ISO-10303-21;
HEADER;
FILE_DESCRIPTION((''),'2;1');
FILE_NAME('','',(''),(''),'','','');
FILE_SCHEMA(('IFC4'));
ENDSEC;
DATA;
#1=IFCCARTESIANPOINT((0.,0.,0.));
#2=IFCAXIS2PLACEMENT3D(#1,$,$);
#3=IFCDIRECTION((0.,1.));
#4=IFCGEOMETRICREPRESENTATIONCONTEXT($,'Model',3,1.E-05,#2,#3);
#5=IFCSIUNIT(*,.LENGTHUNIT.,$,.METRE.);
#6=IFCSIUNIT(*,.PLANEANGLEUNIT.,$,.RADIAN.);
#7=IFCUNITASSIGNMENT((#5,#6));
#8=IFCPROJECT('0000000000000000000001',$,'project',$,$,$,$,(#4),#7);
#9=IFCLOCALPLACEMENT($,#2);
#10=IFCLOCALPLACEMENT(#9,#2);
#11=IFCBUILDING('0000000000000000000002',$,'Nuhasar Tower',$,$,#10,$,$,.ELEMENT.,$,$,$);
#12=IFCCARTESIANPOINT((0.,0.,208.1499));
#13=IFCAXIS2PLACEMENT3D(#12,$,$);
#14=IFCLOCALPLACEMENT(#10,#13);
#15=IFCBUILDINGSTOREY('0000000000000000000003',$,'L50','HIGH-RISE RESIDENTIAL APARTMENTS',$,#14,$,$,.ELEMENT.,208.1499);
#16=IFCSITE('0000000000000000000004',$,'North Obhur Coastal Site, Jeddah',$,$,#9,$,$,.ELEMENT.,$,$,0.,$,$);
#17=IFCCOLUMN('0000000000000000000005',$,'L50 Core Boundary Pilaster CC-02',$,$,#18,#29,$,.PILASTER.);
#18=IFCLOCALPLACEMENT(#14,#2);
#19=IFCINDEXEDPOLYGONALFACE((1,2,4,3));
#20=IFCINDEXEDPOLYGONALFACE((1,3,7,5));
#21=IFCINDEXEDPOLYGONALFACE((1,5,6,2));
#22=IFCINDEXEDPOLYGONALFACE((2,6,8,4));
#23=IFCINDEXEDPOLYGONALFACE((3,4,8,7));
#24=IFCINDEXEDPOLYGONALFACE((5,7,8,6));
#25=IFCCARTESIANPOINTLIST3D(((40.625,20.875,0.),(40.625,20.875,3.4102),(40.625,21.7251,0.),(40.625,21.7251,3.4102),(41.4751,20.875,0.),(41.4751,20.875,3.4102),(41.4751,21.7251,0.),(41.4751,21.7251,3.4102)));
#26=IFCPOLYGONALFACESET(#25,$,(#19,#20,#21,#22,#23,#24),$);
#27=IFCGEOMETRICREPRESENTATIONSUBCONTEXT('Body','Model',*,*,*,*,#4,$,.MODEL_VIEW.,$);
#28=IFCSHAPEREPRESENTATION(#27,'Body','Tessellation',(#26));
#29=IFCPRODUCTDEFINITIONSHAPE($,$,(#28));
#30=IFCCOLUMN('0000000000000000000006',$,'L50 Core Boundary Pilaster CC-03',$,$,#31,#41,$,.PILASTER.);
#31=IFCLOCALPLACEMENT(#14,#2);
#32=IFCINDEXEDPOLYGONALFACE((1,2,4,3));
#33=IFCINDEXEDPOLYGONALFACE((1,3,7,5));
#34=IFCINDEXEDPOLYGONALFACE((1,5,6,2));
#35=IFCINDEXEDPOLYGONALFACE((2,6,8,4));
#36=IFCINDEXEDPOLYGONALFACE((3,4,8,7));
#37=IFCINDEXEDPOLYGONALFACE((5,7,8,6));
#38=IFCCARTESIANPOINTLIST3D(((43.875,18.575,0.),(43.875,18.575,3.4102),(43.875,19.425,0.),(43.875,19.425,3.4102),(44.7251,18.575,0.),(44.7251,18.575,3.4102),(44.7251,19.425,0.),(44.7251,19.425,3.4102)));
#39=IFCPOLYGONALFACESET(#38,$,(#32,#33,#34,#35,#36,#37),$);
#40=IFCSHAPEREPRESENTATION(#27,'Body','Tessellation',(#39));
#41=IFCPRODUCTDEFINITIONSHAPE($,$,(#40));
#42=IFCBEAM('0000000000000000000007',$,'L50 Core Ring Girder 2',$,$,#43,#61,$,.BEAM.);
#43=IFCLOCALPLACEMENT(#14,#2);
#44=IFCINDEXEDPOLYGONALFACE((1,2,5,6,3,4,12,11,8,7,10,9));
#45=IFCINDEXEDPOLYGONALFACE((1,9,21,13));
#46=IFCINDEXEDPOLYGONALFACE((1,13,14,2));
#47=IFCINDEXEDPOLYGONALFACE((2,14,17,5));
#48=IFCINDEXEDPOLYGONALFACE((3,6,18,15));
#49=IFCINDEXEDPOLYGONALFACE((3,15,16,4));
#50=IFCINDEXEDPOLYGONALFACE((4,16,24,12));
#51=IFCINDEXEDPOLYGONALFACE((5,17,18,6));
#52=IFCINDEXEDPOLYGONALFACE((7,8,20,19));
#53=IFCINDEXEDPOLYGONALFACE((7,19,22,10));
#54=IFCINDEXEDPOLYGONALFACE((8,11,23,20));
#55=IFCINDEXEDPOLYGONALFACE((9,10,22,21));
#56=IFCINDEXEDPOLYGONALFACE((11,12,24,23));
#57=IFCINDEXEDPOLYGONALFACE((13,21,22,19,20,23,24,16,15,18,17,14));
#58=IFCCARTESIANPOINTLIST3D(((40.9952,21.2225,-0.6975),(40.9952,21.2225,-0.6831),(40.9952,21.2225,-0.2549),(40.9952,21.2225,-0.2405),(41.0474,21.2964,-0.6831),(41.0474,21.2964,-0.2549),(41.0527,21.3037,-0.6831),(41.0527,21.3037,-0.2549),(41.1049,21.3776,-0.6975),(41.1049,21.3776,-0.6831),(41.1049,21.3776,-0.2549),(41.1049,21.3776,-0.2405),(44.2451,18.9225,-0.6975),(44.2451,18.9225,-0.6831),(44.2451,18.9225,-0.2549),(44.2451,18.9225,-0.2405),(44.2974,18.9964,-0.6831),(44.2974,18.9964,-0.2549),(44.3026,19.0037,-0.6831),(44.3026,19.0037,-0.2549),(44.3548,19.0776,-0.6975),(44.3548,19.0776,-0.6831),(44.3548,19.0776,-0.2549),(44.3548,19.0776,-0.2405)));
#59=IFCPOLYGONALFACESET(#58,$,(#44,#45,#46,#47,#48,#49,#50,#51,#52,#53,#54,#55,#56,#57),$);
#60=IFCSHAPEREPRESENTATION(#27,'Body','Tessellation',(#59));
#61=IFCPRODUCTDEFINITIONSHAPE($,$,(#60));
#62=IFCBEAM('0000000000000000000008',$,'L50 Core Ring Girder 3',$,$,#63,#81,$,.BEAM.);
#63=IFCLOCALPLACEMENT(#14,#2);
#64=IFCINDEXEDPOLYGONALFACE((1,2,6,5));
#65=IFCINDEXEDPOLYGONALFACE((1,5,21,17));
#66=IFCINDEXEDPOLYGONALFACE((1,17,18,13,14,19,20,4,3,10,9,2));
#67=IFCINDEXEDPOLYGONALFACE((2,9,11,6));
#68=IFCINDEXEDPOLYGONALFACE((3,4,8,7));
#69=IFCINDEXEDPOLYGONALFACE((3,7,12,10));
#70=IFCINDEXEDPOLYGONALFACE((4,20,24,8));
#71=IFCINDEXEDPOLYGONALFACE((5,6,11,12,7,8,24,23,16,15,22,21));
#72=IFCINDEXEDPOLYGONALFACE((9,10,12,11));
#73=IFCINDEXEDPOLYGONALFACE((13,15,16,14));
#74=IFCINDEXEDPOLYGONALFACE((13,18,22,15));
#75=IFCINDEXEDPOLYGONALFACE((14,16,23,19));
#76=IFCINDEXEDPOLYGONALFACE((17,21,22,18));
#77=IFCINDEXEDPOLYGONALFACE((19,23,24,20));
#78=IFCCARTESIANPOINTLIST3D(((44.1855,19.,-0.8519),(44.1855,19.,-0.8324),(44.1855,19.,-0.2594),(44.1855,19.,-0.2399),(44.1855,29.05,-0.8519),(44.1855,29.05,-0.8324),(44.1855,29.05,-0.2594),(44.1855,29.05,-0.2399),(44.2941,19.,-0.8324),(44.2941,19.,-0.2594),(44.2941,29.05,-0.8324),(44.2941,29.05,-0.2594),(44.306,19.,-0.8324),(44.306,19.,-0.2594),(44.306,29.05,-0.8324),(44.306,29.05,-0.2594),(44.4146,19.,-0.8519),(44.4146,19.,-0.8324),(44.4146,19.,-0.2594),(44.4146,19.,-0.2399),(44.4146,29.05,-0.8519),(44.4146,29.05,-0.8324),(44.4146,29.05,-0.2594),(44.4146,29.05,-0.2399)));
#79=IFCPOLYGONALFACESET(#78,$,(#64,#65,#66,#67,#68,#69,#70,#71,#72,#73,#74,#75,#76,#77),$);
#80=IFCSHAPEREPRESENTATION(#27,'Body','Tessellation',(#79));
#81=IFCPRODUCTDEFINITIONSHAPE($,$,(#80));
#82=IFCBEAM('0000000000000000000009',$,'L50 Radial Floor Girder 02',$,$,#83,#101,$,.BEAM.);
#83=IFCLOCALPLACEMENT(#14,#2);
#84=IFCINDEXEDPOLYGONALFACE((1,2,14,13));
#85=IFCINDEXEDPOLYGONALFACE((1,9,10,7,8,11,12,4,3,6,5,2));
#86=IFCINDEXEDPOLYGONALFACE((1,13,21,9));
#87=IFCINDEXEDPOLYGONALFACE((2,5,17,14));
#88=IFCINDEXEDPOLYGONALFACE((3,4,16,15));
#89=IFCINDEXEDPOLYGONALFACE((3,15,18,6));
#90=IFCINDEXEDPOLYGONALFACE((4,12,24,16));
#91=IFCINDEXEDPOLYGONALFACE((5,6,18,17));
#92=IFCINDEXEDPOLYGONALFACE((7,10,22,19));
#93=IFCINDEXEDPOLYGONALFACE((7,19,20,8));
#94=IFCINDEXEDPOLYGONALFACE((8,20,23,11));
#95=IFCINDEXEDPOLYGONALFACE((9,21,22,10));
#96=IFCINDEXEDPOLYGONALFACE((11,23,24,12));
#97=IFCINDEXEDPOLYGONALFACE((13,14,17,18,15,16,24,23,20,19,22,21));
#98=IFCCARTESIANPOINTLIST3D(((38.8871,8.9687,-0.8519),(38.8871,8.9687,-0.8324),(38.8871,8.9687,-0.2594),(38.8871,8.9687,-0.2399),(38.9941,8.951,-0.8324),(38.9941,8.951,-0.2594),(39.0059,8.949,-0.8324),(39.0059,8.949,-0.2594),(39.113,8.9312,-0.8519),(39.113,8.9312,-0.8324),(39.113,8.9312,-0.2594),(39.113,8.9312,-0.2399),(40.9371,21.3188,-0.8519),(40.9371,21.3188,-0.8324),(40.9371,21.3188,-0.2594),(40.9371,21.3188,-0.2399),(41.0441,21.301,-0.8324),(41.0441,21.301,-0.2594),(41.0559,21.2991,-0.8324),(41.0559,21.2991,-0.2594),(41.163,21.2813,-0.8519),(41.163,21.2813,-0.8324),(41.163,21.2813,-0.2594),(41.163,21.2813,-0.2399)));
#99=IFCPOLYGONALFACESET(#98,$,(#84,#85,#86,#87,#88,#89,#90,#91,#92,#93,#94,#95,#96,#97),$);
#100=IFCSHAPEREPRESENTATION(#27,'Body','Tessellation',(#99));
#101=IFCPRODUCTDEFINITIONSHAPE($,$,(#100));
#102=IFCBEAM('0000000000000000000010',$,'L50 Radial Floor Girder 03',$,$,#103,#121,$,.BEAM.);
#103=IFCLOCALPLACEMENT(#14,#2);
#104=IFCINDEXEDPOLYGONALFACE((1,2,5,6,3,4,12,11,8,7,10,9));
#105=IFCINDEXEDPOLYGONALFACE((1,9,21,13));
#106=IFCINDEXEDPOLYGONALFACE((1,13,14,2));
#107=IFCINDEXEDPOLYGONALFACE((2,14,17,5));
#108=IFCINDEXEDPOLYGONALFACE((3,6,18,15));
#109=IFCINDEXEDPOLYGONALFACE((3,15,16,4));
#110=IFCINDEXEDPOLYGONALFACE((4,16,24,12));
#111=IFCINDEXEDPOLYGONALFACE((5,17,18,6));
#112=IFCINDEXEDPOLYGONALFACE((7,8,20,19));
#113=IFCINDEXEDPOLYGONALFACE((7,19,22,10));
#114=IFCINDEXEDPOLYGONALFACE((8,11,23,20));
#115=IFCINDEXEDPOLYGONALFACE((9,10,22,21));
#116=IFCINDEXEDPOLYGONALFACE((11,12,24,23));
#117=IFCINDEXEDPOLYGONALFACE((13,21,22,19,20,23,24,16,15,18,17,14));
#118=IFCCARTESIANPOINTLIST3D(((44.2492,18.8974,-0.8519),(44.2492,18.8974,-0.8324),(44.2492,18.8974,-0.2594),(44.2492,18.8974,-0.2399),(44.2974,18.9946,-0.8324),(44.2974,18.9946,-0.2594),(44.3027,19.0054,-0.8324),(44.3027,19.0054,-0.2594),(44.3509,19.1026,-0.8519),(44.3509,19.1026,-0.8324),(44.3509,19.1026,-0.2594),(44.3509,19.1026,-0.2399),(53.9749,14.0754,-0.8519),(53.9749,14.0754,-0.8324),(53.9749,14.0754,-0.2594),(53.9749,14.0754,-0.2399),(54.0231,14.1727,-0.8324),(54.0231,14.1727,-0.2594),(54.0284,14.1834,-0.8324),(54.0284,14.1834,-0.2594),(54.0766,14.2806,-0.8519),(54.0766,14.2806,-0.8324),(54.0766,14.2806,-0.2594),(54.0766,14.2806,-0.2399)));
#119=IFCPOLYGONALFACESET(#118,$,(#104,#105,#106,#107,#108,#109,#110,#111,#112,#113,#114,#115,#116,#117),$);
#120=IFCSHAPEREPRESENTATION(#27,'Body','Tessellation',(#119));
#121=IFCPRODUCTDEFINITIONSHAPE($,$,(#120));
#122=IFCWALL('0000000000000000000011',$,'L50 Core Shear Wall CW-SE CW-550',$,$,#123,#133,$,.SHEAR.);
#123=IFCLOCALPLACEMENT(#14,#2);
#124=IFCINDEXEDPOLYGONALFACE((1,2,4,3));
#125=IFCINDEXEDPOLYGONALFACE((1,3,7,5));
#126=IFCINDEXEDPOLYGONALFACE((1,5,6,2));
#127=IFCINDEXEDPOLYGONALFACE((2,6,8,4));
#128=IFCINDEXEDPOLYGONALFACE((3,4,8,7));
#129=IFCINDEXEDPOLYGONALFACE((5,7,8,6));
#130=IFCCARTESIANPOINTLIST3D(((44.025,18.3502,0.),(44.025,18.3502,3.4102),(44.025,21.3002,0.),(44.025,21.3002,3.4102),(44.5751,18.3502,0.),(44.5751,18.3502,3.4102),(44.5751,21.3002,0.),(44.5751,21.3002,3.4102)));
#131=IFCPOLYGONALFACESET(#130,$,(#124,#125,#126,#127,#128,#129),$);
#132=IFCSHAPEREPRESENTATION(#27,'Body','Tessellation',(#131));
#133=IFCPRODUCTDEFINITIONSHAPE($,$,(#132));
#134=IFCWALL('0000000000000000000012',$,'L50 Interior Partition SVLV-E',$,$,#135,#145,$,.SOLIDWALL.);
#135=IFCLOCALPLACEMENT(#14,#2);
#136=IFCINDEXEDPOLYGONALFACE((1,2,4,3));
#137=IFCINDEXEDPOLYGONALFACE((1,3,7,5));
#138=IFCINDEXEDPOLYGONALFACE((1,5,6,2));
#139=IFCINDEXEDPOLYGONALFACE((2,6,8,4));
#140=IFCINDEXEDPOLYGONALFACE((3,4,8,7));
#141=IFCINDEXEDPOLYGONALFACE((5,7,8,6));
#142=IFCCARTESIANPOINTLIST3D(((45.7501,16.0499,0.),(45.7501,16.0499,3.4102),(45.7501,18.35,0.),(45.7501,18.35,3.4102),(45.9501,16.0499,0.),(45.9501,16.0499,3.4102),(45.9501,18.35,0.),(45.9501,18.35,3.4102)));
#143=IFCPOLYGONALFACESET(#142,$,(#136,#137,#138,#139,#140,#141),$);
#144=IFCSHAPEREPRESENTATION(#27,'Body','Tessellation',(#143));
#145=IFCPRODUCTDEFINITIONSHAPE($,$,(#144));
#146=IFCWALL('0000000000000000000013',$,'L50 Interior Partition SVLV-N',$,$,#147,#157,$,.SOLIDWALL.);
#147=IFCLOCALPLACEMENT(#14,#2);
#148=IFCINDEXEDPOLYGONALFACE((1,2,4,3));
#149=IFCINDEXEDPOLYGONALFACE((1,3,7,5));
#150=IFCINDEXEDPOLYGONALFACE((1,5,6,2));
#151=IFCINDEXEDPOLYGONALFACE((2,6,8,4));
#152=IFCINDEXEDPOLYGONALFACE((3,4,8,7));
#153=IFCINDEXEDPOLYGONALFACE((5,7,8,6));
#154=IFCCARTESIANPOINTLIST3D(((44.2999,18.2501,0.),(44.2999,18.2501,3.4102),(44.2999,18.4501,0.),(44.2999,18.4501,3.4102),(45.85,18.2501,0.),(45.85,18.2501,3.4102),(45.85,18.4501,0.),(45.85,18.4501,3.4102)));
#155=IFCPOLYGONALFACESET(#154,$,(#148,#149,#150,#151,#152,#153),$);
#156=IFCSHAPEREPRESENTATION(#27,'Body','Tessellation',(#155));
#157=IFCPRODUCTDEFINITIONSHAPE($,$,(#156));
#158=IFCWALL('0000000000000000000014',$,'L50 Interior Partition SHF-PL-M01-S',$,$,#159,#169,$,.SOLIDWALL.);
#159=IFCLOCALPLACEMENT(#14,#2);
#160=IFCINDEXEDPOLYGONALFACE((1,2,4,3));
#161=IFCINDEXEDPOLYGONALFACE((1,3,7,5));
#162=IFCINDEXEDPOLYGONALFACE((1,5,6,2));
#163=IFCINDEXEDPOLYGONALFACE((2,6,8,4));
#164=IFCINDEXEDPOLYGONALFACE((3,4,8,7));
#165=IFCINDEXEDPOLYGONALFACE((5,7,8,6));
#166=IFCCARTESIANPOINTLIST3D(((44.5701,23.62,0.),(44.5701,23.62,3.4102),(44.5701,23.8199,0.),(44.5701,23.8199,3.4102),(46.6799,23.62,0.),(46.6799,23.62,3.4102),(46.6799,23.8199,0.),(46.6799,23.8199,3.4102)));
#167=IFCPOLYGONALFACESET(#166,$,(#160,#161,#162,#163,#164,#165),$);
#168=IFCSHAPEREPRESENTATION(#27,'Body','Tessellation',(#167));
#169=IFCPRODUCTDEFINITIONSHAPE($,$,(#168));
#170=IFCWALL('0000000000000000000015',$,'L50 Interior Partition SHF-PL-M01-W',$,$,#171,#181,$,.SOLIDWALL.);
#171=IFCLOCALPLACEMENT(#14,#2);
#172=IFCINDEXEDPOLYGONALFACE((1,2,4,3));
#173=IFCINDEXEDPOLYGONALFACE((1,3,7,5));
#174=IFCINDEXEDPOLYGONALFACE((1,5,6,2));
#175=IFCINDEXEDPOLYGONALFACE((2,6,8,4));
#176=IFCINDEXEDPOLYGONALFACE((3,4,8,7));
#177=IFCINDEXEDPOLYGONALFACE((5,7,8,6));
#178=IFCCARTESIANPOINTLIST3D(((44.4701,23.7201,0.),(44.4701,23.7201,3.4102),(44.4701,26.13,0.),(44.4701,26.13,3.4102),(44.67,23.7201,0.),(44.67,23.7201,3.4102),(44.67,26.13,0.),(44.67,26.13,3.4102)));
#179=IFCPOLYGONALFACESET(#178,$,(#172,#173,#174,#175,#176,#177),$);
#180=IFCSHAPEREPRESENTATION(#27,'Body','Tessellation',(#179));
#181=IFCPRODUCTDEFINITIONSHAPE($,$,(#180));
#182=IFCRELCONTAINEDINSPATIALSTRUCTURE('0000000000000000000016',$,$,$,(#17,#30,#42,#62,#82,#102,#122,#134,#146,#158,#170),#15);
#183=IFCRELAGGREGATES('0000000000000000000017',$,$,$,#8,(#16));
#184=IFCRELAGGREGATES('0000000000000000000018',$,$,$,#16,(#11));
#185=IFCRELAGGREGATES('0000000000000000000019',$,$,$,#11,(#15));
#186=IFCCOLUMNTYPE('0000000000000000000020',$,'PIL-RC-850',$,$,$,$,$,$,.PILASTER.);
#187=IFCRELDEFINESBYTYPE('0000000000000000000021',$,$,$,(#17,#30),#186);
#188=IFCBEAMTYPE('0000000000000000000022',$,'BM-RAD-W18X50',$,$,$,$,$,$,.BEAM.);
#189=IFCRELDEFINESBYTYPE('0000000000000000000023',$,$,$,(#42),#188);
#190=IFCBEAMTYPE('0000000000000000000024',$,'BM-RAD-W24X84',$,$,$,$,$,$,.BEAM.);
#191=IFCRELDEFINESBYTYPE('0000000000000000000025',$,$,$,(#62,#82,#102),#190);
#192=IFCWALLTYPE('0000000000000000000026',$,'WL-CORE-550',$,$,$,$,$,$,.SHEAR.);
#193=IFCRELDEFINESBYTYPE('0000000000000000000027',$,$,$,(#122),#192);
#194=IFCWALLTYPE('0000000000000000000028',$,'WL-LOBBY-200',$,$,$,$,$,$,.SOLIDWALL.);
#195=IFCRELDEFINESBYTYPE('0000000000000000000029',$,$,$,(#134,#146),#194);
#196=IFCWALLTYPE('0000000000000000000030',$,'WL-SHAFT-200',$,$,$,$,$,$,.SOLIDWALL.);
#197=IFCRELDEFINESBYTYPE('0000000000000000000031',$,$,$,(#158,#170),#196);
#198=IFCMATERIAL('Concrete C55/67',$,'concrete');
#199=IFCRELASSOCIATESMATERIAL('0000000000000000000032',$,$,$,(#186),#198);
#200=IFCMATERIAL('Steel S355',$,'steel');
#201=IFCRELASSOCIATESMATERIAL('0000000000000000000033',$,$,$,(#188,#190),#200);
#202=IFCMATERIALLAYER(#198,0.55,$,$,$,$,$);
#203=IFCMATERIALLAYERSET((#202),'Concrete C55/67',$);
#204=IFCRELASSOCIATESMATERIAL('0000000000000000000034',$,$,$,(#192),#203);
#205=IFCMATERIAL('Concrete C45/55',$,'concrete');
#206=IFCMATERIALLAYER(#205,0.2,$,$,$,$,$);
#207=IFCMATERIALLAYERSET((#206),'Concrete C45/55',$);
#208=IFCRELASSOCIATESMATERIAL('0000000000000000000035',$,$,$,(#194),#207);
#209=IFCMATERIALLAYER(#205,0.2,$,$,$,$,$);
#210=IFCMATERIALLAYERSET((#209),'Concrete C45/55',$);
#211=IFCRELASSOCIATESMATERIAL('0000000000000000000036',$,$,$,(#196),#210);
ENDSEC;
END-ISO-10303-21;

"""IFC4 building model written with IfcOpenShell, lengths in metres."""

from ifc_helpers import new_model, si_unit, direction, frame, frame_2d, origin, origin_2d, place, context, subcontext, project, spatial, rectangle, i_section, extrude, material, layer, layer_set, material_profile, profile_set, type_object, element, save


model = new_model("IFC4")

# Units and contexts
model_context = context("Model", 3, precision=1e-05, world=origin(), true_north=direction((0.0, 1.0)))
body_context = subcontext(model_context, "Body", "Model", "MODEL_VIEW")
ifc_project = project(units=[si_unit("LENGTHUNIT", "METRE"), si_unit("PLANEANGLEUNIT", "RADIAN")], contexts=[model_context])

# Site, building, storey
site_placement = place(None, origin())
site = spatial("IfcSite", under=ifc_project, at=site_placement, Name="North Obhur Coastal Site, Jeddah", CompositionType="ELEMENT", RefElevation=0.0)
building_placement = place(site_placement, origin())
building = spatial("IfcBuilding", under=site, at=building_placement, Name="Nuhasar Tower", CompositionType="ELEMENT")
storey_placement = place(building_placement, frame((0.0, 0.0, 208.1499)))
storey = spatial("IfcBuildingStorey", under=building, at=storey_placement, Name="L50", Description="HIGH-RISE RESIDENTIAL APARTMENTS", CompositionType="ELEMENT", Elevation=208.1499)

# Columns
ifc_material_1 = material(Name="Concrete C55/67", Category="concrete")
ifc_material_profile_1 = material_profile(ifc_material_1, rectangle(XDim=0.8501, YDim=0.8501, at=origin_2d()), Name="RC850X850")
ifc_profile_set_1 = profile_set([ifc_material_profile_1], Name="Concrete C55/67")
column_type = type_object("IfcColumnType", Name="PIL-RC-850", PredefinedType="PILASTER", material=ifc_profile_set_1)
for number, where, z_axis, x_axis, name in (
    (1, (41.05, 21.3, 0.0), (0.0, 0.0, 1.0), (1.0, 0.0, 0.0), "L50 Core Boundary Pilaster CC-02"),
    (2, (44.3, 19.0, 0.0), (0.0, 0.0, 1.0), (1.0, 0.0, 0.0), "L50 Core Boundary Pilaster CC-03"),
):
    element("IfcColumn", number, at=place(storey_placement, frame(where, z_axis=z_axis, x_axis=x_axis)), inside=storey, type_object=column_type, Name=name, PredefinedType="PILASTER", context=body_context, shape_type="SweptSolid", body=[
        extrude(rectangle(XDim=0.8501, YDim=0.8501, at=origin_2d()), origin(), (0.0, 0.0, 1.0), 3.4102),
    ])

# Beams
ifc_material_2 = material(Name="Steel S355", Category="steel")
ifc_material_profile_2 = material_profile(ifc_material_2, i_section(OverallWidth=0.1899, OverallDepth=0.457, WebThickness=0.009, FlangeThickness=0.0144, at=origin_2d()), Name="W18X50")
ifc_profile_set_2 = profile_set([ifc_material_profile_2], Name="Steel S355")
beam_type_1 = type_object("IfcBeamType", Name="BM-RAD-W18X50", PredefinedType="BEAM", material=ifc_profile_set_2)
beam_1_placement = place(storey_placement, frame((41.05, 21.3, -0.469), z_axis=(0.816265, -0.577677, 0.0), x_axis=(0.577677, 0.816265, 0.0)))
element("IfcBeam", 3, at=beam_1_placement, inside=storey, type_object=beam_type_1, Name="L50 Core Ring Girder 2", PredefinedType="BEAM", context=body_context, shape_type="SweptSolid", body=[
    extrude(i_section(OverallWidth=0.1899, OverallDepth=0.457, WebThickness=0.009, FlangeThickness=0.0144, at=origin_2d()), origin(), (0.0, 0.0, 1.0), 3.9814),
])
ifc_material_profile_3 = material_profile(ifc_material_2, i_section(OverallWidth=0.229, OverallDepth=0.6121, WebThickness=0.012, FlangeThickness=0.0195, at=origin_2d()), Name="W24X84")
ifc_profile_set_3 = profile_set([ifc_material_profile_3], Name="Steel S355")
beam_type_2 = type_object("IfcBeamType", Name="BM-RAD-W24X84", PredefinedType="BEAM", material=ifc_profile_set_3)
beam_2_placement = place(storey_placement, frame((44.3, 19.0, -0.5459), z_axis=(0.0, 1.0, 0.0), x_axis=(-1.0, 0.0, 0.0)))
element("IfcBeam", 4, at=beam_2_placement, inside=storey, type_object=beam_type_2, Name="L50 Core Ring Girder 3", PredefinedType="BEAM", context=body_context, shape_type="SweptSolid", body=[
    extrude(i_section(OverallWidth=0.229, OverallDepth=0.6121, WebThickness=0.012, FlangeThickness=0.0195, at=origin_2d()), origin(), (0.0, 0.0, 1.0), 10.05),
])
beam_3_placement = place(storey_placement, frame((41.05, 21.3, -0.5459), z_axis=(-0.163754, -0.986501, 0.0), x_axis=(0.986501, -0.163754, 0.0)))
element("IfcBeam", 5, at=beam_3_placement, inside=storey, type_object=beam_type_2, Name="L50 Radial Floor Girder 02", PredefinedType="BEAM", context=body_context, shape_type="SweptSolid", body=[
    extrude(i_section(OverallWidth=0.229, OverallDepth=0.6121, WebThickness=0.012, FlangeThickness=0.0195, at=origin_2d()), origin(), (0.0, 0.0, 1.0), 12.519),
])
beam_4_placement = place(storey_placement, frame((44.3, 19.0, -0.5459), z_axis=(0.895929, -0.444197, 0.0), x_axis=(0.444197, 0.895929, 0.0)))
element("IfcBeam", 6, at=beam_4_placement, inside=storey, type_object=beam_type_2, Name="L50 Radial Floor Girder 03", PredefinedType="BEAM", context=body_context, shape_type="SweptSolid", body=[
    extrude(i_section(OverallWidth=0.229, OverallDepth=0.6121, WebThickness=0.012, FlangeThickness=0.0195, at=origin_2d()), origin(), (0.0, 0.0, 1.0), 10.8555),
])

# Wall
ifc_layer_1 = layer(ifc_material_1, 0.55)
ifc_layer_set_1 = layer_set([ifc_layer_1], Name="Concrete C55/67")
wall_type_1 = type_object("IfcWallType", Name="WL-CORE-550", PredefinedType="SHEAR", material=ifc_layer_set_1)
wall_1_placement = place(storey_placement, frame((44.3, 18.3501, 0.0), z_axis=(0.0, 0.0, 1.0), x_axis=(0.0, 1.0, 0.0)))
element("IfcWall", 7, at=wall_1_placement, inside=storey, type_object=wall_type_1, Name="L50 Core Shear Wall CW-SE CW-550", PredefinedType="SHEAR", context=body_context, shape_type="SweptSolid", body=[
    extrude(rectangle(XDim=2.95, YDim=0.55, at=frame_2d((1.4751, 0.0))), origin(), (0.0, 0.0, 1.0), 3.4102),
])

# Shared definitions
ifc_material_3 = material(Name="Concrete C45/55", Category="concrete")
ifc_layer_2 = layer(ifc_material_3, 0.2)
ifc_layer_set_2 = layer_set([ifc_layer_2], Name="Concrete C45/55")
wall_type_2 = type_object("IfcWallType", Name="WL-LOBBY-200", PredefinedType="SOLIDWALL", material=ifc_layer_set_2)

# Walls
wall_2_placement = place(storey_placement, frame((45.8501, 16.05, 0.0), z_axis=(0.0, 0.0, 1.0), x_axis=(0.0, 1.0, 0.0)))
element("IfcWall", 8, at=wall_2_placement, inside=storey, type_object=wall_type_2, Name="L50 Interior Partition SVLV-E", PredefinedType="SOLIDWALL", context=body_context, shape_type="SweptSolid", body=[
    extrude(rectangle(XDim=2.3, YDim=0.2, at=frame_2d((1.1499, 0.0))), origin(), (0.0, 0.0, 1.0), 3.4102),
])
wall_3_placement = place(storey_placement, frame((44.3, 18.3501, 0.0), z_axis=(0.0, 0.0, 1.0), x_axis=(1.0, 0.0, 0.0)))
element("IfcWall", 9, at=wall_3_placement, inside=storey, type_object=wall_type_2, Name="L50 Interior Partition SVLV-N", PredefinedType="SOLIDWALL", context=body_context, shape_type="SweptSolid", body=[
    extrude(rectangle(XDim=1.55, YDim=0.2, at=frame_2d((0.7749, 0.0))), origin(), (0.0, 0.0, 1.0), 3.4102),
])
ifc_layer_3 = layer(ifc_material_3, 0.2)
ifc_layer_set_3 = layer_set([ifc_layer_3], Name="Concrete C45/55")
wall_type_3 = type_object("IfcWallType", Name="WL-SHAFT-200", PredefinedType="SOLIDWALL", material=ifc_layer_set_3)
wall_4_placement = place(storey_placement, frame((44.5701, 23.72, 0.0), z_axis=(0.0, 0.0, 1.0), x_axis=(1.0, 0.0, 0.0)))
element("IfcWall", 10, at=wall_4_placement, inside=storey, type_object=wall_type_3, Name="L50 Interior Partition SHF-PL-M01-S", PredefinedType="SOLIDWALL", context=body_context, shape_type="SweptSolid", body=[
    extrude(rectangle(XDim=2.1099, YDim=0.2, at=frame_2d((1.0549, 0.0))), origin(), (0.0, 0.0, 1.0), 3.4102),
])
wall_5_placement = place(storey_placement, frame((44.5701, 23.72, 0.0), z_axis=(0.0, 0.0, 1.0), x_axis=(0.0, 1.0, 0.0)))
element("IfcWall", 11, at=wall_5_placement, inside=storey, type_object=wall_type_3, Name="L50 Interior Partition SHF-PL-M01-W", PredefinedType="SOLIDWALL", context=body_context, shape_type="SweptSolid", body=[
    extrude(rectangle(XDim=2.4099, YDim=0.2, at=frame_2d((1.2051, 0.0))), origin(), (0.0, 0.0, 1.0), 3.4102),
])

save(model, "model.ifc")
